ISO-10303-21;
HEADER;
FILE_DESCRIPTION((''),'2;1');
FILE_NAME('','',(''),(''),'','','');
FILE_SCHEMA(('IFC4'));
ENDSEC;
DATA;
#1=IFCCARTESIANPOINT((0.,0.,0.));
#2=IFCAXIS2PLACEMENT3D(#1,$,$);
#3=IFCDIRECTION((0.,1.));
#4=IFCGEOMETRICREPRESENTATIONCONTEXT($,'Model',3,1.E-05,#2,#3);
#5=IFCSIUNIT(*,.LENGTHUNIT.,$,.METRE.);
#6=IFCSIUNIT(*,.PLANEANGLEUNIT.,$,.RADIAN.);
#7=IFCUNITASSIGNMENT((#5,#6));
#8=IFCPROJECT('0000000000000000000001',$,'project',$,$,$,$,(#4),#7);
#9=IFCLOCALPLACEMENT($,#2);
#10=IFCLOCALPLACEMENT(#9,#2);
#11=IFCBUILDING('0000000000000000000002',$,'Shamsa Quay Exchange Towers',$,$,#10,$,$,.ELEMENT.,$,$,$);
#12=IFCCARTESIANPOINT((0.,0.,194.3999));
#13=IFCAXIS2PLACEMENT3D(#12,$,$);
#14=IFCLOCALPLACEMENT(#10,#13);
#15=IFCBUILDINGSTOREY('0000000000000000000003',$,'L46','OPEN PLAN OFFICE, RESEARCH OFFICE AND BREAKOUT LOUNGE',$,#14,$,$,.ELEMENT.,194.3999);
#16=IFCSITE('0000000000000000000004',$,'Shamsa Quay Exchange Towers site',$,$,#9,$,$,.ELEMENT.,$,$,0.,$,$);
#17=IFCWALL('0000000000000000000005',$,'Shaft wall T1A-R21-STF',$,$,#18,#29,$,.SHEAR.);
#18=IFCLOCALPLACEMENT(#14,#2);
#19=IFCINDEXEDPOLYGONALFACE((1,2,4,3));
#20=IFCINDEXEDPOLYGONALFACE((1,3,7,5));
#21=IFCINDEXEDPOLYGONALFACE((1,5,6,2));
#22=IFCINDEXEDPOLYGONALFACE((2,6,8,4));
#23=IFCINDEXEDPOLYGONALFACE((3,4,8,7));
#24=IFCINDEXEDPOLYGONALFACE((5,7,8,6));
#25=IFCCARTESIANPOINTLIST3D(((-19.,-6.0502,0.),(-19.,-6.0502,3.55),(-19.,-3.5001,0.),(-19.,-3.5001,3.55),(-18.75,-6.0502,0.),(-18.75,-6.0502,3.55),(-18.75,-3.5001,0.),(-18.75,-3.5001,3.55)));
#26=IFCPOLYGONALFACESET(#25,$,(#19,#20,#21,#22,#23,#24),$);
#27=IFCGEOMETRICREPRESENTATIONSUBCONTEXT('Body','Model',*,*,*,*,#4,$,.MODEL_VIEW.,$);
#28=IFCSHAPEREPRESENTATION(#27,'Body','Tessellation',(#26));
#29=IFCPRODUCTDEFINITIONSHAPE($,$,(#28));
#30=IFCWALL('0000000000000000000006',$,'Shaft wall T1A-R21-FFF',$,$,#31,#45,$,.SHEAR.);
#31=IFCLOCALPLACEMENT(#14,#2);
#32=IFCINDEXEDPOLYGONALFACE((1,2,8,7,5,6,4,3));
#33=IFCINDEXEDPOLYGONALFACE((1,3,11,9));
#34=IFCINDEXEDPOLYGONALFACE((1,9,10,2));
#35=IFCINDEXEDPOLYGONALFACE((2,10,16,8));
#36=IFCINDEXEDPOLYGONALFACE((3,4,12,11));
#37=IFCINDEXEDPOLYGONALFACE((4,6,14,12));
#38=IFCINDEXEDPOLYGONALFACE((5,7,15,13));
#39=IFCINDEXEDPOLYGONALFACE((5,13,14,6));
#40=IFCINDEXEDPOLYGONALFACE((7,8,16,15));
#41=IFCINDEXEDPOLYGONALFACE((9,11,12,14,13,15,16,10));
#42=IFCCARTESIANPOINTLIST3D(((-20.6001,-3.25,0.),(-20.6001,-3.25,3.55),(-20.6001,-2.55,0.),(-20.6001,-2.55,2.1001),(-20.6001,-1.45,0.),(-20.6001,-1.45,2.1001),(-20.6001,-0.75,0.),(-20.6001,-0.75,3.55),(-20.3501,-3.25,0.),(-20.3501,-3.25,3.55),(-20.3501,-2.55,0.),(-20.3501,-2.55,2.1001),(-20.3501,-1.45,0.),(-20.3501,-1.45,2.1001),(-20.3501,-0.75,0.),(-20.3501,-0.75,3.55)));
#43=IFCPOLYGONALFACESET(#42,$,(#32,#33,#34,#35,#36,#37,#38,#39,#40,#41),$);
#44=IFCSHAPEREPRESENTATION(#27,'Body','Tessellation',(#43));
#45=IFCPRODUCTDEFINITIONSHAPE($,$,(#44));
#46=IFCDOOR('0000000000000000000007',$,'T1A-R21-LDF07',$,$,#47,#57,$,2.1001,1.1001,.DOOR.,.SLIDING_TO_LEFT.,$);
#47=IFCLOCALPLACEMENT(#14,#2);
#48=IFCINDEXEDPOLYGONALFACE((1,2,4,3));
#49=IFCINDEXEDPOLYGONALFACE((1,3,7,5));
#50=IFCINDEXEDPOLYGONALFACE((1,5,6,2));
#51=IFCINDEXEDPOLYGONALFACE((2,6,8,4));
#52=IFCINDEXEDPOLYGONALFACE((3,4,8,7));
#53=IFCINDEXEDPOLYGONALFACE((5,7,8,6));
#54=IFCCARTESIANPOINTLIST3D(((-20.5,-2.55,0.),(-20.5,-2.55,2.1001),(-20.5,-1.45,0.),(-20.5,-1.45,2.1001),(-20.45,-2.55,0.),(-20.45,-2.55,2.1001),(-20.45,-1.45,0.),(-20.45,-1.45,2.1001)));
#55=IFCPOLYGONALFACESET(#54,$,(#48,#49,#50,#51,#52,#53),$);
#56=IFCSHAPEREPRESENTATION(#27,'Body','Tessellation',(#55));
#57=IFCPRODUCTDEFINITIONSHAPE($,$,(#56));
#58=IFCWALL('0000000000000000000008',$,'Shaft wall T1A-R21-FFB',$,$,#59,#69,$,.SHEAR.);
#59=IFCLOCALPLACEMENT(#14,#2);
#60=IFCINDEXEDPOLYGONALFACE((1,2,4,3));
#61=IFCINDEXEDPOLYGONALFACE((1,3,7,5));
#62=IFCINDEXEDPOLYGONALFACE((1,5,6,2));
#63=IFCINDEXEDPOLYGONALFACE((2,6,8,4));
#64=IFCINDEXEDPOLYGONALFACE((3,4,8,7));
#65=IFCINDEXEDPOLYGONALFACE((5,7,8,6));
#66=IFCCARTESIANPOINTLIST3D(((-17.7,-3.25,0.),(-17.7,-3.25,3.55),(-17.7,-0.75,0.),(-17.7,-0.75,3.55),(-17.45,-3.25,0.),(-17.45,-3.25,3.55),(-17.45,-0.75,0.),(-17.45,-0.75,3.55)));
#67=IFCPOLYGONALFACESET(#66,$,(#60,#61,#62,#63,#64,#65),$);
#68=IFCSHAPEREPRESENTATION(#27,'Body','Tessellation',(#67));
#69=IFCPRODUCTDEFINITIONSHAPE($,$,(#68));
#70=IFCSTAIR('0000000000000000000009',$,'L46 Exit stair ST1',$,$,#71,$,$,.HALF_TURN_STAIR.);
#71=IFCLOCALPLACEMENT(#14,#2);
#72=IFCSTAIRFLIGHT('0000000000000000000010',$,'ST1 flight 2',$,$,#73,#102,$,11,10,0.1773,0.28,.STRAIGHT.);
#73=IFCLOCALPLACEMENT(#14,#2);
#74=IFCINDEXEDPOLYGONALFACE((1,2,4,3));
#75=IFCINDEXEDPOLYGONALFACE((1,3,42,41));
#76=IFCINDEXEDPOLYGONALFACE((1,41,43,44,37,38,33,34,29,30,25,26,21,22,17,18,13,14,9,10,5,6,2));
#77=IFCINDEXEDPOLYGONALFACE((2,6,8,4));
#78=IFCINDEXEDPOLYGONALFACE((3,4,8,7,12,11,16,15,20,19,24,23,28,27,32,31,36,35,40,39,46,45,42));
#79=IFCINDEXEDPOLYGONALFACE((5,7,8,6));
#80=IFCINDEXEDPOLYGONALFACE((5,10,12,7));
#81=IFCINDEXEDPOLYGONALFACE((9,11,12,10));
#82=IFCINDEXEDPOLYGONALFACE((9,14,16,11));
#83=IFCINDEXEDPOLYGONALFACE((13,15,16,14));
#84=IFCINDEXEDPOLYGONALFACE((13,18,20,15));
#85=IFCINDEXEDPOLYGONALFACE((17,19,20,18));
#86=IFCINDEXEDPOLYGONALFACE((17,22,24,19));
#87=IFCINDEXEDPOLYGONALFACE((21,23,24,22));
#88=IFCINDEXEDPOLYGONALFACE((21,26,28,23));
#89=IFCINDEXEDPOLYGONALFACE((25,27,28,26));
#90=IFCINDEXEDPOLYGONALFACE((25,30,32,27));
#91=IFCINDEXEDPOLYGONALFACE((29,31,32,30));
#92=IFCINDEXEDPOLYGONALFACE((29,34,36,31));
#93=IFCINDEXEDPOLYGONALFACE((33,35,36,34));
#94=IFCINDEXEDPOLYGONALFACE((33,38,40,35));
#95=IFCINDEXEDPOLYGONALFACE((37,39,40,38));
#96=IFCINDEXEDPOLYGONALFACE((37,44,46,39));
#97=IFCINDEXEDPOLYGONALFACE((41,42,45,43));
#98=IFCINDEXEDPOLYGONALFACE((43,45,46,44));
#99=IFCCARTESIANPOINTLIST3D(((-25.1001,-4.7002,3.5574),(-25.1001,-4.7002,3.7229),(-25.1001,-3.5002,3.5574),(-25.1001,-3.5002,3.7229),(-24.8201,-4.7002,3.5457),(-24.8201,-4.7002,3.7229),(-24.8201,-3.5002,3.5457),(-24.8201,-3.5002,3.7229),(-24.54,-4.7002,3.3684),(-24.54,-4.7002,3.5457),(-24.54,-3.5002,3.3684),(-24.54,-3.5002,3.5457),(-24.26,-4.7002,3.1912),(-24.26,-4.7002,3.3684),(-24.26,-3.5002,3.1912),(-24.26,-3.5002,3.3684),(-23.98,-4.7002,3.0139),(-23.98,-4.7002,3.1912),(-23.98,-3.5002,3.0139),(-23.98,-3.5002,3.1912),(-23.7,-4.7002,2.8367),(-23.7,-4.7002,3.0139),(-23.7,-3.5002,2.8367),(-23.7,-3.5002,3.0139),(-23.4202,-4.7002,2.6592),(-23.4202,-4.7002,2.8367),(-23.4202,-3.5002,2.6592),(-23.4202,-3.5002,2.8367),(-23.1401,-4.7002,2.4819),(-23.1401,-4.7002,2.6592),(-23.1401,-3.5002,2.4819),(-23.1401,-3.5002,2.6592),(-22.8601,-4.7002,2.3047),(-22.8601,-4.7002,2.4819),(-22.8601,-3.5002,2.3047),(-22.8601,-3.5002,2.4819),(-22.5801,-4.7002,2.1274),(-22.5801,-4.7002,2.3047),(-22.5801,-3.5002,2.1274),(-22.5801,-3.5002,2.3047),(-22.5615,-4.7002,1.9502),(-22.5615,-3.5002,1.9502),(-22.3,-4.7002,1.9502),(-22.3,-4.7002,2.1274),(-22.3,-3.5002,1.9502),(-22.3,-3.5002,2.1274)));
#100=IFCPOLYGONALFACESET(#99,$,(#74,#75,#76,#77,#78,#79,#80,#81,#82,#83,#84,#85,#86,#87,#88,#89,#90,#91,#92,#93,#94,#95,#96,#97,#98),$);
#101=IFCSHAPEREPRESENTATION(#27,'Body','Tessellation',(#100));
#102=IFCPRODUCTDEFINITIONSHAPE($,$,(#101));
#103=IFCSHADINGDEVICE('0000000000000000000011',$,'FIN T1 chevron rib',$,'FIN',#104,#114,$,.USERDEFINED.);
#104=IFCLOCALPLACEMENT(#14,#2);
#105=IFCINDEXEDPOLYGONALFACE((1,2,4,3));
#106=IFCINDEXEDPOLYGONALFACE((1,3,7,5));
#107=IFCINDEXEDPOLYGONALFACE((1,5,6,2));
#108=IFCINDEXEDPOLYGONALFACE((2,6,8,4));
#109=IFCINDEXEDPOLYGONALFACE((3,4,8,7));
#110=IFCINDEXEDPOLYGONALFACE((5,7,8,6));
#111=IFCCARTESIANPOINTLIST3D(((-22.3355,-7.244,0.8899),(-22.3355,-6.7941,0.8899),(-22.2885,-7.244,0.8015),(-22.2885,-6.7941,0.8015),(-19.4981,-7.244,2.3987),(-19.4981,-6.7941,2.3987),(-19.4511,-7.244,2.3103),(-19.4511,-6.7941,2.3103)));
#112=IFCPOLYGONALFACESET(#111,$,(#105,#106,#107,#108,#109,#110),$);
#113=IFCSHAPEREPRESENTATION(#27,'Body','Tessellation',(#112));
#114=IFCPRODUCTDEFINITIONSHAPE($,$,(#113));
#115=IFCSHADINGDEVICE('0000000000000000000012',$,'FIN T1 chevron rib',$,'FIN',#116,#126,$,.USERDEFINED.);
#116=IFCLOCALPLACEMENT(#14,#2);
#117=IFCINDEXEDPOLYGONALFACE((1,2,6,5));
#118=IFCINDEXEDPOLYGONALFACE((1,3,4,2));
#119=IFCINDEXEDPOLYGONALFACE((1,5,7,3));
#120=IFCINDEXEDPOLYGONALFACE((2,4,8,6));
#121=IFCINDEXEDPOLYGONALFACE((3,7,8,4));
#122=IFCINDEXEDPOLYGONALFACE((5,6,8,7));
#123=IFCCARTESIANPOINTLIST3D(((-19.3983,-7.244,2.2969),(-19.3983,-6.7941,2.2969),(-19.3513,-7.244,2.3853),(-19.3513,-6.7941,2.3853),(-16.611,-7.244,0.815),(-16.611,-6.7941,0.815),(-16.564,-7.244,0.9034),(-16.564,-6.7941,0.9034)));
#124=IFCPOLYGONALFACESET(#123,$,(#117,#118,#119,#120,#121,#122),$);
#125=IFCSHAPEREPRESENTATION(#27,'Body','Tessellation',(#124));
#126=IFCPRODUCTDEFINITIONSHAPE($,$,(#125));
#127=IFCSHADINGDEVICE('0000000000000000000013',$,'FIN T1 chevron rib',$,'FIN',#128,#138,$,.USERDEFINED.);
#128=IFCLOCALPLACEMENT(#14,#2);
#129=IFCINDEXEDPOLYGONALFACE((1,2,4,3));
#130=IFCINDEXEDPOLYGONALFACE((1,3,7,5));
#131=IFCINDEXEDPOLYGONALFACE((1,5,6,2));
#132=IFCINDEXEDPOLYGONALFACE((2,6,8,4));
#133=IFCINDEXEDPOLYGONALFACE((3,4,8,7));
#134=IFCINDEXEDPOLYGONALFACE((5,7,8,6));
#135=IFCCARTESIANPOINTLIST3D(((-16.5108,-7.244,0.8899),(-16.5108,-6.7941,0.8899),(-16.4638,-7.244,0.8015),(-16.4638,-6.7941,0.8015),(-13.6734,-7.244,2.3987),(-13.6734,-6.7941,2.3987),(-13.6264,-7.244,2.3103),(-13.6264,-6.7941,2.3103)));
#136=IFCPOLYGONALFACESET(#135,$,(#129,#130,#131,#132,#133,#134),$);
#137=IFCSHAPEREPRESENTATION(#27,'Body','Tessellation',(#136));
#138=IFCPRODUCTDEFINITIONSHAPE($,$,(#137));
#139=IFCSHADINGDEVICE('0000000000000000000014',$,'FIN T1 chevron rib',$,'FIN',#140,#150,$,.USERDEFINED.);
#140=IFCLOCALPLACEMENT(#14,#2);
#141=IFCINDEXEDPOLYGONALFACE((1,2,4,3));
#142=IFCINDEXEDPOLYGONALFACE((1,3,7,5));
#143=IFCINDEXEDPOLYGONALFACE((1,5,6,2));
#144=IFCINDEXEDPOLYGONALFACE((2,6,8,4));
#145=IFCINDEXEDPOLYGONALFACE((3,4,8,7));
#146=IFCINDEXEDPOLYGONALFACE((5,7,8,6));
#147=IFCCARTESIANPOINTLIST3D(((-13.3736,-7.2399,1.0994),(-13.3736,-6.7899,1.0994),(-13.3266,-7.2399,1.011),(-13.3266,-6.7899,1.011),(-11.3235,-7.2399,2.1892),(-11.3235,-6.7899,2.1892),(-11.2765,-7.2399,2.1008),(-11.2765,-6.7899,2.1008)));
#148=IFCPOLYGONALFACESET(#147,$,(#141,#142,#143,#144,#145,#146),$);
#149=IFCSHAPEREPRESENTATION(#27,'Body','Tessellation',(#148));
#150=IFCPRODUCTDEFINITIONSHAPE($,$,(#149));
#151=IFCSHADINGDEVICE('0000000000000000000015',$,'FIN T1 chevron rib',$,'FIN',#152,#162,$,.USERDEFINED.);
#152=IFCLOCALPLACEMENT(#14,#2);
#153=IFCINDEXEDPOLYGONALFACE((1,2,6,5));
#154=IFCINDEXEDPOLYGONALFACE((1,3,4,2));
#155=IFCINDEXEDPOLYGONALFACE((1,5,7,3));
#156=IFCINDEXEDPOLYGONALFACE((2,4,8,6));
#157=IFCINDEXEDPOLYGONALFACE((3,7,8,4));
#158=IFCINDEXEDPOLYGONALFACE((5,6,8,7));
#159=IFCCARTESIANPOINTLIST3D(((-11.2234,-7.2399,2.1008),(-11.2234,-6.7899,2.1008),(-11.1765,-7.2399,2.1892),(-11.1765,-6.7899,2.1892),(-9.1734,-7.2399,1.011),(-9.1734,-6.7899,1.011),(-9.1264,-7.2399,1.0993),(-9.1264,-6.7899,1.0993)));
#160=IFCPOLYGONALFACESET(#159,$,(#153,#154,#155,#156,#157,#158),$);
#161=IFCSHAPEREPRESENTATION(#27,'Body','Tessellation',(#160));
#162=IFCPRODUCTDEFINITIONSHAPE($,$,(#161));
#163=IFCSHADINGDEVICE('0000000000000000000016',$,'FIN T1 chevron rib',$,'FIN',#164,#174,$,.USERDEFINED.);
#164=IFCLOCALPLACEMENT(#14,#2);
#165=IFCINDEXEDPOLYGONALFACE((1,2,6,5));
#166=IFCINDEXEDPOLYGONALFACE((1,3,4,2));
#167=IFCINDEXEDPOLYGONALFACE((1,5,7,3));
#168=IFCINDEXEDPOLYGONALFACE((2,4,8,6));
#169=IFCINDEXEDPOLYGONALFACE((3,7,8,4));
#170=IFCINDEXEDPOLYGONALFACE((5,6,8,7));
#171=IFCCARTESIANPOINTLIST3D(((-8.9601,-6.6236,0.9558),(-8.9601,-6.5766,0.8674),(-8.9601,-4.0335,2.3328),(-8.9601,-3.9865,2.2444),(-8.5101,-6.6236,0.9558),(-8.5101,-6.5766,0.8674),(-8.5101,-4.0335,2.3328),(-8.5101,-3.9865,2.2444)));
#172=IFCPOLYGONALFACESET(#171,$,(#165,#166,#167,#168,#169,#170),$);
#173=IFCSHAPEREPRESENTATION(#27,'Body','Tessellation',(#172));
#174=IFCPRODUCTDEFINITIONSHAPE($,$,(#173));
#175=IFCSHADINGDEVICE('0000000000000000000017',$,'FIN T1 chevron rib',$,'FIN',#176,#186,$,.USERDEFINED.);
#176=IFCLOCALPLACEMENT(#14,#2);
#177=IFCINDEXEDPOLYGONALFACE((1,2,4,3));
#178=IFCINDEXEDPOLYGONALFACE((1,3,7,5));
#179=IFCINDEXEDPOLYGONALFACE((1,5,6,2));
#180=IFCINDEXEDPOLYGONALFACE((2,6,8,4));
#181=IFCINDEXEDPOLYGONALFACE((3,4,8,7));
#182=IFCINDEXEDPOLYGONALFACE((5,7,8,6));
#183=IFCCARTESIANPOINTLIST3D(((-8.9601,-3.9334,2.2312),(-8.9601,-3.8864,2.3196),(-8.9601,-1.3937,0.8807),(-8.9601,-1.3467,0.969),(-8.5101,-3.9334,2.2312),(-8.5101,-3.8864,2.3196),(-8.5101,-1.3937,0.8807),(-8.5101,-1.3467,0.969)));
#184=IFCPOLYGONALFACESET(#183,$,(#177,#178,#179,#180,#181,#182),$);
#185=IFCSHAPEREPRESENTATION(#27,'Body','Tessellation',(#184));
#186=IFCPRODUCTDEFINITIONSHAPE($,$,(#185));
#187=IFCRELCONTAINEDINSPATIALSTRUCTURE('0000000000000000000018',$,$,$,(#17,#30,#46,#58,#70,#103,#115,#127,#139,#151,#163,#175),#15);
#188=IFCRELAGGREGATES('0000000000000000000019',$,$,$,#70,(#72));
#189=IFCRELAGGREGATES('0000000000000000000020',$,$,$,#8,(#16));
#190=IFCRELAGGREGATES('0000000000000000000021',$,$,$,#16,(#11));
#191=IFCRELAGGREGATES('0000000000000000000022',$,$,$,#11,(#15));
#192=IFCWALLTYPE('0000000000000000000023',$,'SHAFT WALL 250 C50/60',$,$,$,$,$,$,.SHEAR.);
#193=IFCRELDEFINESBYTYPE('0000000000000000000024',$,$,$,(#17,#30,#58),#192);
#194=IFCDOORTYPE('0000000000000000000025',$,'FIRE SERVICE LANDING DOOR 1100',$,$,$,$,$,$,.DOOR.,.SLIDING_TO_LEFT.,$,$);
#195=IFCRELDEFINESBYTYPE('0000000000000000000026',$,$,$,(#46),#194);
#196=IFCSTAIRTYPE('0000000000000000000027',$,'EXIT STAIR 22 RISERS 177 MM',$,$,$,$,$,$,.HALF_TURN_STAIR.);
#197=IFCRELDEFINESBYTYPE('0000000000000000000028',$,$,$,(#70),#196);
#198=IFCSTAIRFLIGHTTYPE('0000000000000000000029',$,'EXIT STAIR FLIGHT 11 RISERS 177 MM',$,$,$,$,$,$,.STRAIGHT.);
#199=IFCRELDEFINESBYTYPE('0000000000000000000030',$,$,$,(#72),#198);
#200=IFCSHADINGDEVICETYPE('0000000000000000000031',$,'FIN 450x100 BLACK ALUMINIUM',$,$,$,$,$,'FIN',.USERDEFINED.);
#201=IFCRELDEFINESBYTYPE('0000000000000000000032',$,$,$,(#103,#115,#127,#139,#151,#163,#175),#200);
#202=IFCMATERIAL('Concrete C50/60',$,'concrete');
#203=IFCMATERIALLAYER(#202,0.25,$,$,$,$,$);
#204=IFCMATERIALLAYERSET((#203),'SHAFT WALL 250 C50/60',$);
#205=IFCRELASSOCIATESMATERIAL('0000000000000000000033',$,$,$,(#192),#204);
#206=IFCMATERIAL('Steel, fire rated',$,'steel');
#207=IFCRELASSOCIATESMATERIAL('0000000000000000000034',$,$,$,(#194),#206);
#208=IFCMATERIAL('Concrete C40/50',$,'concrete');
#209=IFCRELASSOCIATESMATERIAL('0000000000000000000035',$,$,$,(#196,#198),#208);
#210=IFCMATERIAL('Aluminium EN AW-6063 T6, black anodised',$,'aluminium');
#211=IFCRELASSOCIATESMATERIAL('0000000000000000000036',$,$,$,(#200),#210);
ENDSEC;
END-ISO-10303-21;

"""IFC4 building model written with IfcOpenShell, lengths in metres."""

from ifc_helpers import new_model, si_unit, direction, frame, frame_2d, origin, origin_2d, place, context, subcontext, project, spatial, polyline, rectangle, outline, extrude, material, layer, layer_set, material_profile, profile_set, type_object, element, fill, aggregate, save


model = new_model("IFC4")

# Units and contexts
model_context = context("Model", 3, precision=1e-05, world=origin(), true_north=direction((0.0, 1.0)))
body_context = subcontext(model_context, "Body", "Model", "MODEL_VIEW")
ifc_project = project(units=[si_unit("LENGTHUNIT", "METRE"), si_unit("PLANEANGLEUNIT", "RADIAN")], contexts=[model_context])

# Site, building, storey
site_placement = place(None, origin())
site = spatial("IfcSite", under=ifc_project, at=site_placement, Name="Shamsa Quay Exchange Towers site", CompositionType="ELEMENT", RefElevation=0.0)
building_placement = place(site_placement, origin())
building = spatial("IfcBuilding", under=site, at=building_placement, Name="Shamsa Quay Exchange Towers", CompositionType="ELEMENT")
storey_placement = place(building_placement, frame((0.0, 0.0, 194.3999)))
storey = spatial("IfcBuildingStorey", under=building, at=storey_placement, Name="L46", Description="OPEN PLAN OFFICE, RESEARCH OFFICE AND BREAKOUT LOUNGE", CompositionType="ELEMENT", Elevation=194.3999)

# Shared definitions
ifc_material_1 = material(Name="Aluminium EN AW-6063 T6, black anodised", Category="aluminium")

# Shared definitions
ifc_material_2 = material(Name="Concrete C50/60", Category="concrete")
ifc_layer_1 = layer(ifc_material_2, 0.25)
ifc_layer_set_1 = layer_set([ifc_layer_1], Name="SHAFT WALL 250 C50/60")
wall_type = type_object("IfcWallType", Name="SHAFT WALL 250 C50/60", PredefinedType="SHEAR", material=ifc_layer_set_1)
ifc_material_3 = material(Name="Steel, fire rated", Category="steel")

# Wall
wall_1_placement = place(storey_placement, frame((-18.875, -6.05, 0.0), z_axis=(0.0, 0.0, 1.0), x_axis=(0.0, 1.0, 0.0)))
element("IfcWall", 1, at=wall_1_placement, inside=storey, type_object=wall_type, Name="Shaft wall T1A-R21-STF", PredefinedType="SHEAR", context=body_context, shape_type="SweptSolid", body=[
    extrude(rectangle(XDim=2.55, YDim=0.25, at=frame_2d((1.2749, 0.0))), origin(), (0.0, 0.0, 1.0), 3.55),
])

# Wall, opening, door
wall_2_placement = place(storey_placement, frame((-20.4751, -3.25, 0.0), z_axis=(0.0, 0.0, 1.0), x_axis=(0.0, 1.0, 0.0)))
wall_2 = element("IfcWall", 2, at=wall_2_placement, inside=storey, type_object=wall_type, Name="Shaft wall T1A-R21-FFF", PredefinedType="SHEAR", context=body_context, shape_type="SweptSolid", body=[
    extrude(rectangle(XDim=2.5, YDim=0.25, at=frame_2d((1.25, 0.0))), origin(), (0.0, 0.0, 1.0), 3.55),
])
opening_1_placement = place(wall_2_placement, frame((0.7, 0.0, 0.0)))
opening_1 = element("IfcOpeningElement", 3, at=opening_1_placement, cuts=wall_2, PredefinedType="OPENING", context=body_context, shape_type="SweptSolid", body=[
    extrude(rectangle(XDim=1.1001, YDim=2.1001, at=frame_2d((0.55, 1.05))), frame((0.0, 0.135, 0.0), z_axis=(0.0, -1.0, 0.0), x_axis=(1.0, 0.0, 0.0)), (0.0, 0.0, 1.0), 0.27),
])
door_type_1 = type_object("IfcDoorType", Name="FIRE SERVICE LANDING DOOR 1100", OperationType="SLIDING_TO_LEFT", PredefinedType="DOOR", material=ifc_material_3)
door_1_placement = place(opening_1_placement, origin())
door_1 = element("IfcDoor", 4, at=door_1_placement, inside=storey, type_object=door_type_1, Name="T1A-R21-LDF07", OperationType="SLIDING_TO_LEFT", OverallHeight=2.1001, OverallWidth=1.1001, PredefinedType="DOOR", context=body_context, shape_type="SweptSolid", body=[
    extrude(rectangle(XDim=1.1001, YDim=2.1001, at=frame_2d((0.55, 1.05))), frame((0.0, 0.0249, 0.0), z_axis=(0.0, -1.0, 0.0), x_axis=(1.0, 0.0, 0.0)), (0.0, 0.0, 1.0), 0.05),
])
fill(opening_1, door_1)

# Wall
wall_3_placement = place(storey_placement, frame((-17.575, -3.25, 0.0), z_axis=(0.0, 0.0, 1.0), x_axis=(0.0, 1.0, 0.0)))
element("IfcWall", 5, at=wall_3_placement, inside=storey, type_object=wall_type, Name="Shaft wall T1A-R21-FFB", PredefinedType="SHEAR", context=body_context, shape_type="SweptSolid", body=[
    extrude(rectangle(XDim=2.5, YDim=0.25, at=frame_2d((1.25, 0.0))), origin(), (0.0, 0.0, 1.0), 3.55),
])

# Stair, stair flight
ifc_material_4 = material(Name="Concrete C40/50", Category="concrete")
stair_type = type_object("IfcStairType", Name="EXIT STAIR 22 RISERS 177 MM", PredefinedType="HALF_TURN_STAIR", material=ifc_material_4)
stair_placement = place(storey_placement, origin())
stair = element("IfcStair", 6, at=stair_placement, inside=storey, type_object=stair_type, Name="L46 Exit stair ST1", PredefinedType="HALF_TURN_STAIR")
stair_flight_type = type_object("IfcStairFlightType", Name="EXIT STAIR FLIGHT 11 RISERS 177 MM", PredefinedType="STRAIGHT", material=ifc_material_4)
stair_flight_placement = place(storey_placement, frame((-22.3, -4.1001, 1.9502), z_axis=(0.0, 0.0, 1.0), x_axis=(-1.0, 0.0, 0.0)))
stair_flight = element("IfcStairFlight", 7, at=stair_flight_placement, type_object=stair_flight_type, Name="ST1 flight 2", NumberOfRisers=11, NumberOfTreads=10, PredefinedType="STRAIGHT", RiserHeight=0.1773, TreadLength=0.28, context=body_context, shape_type="SweptSolid", body=[
    extrude(outline(polyline([(0.0, 0.0), (0.0, 0.1772), (0.28, 0.1772), (0.28, 0.3545), (0.5601, 0.3545), (0.5601, 0.5317), (0.8401, 0.5317), (0.8401, 0.709), (1.1201, 0.709), (1.1201, 0.8865), (1.3999, 0.8865), (1.3999, 1.0637), (1.6799, 1.0637), (1.6799, 1.241), (1.96, 1.241), (1.96, 1.4182), (2.24, 1.4182), (2.24, 1.5955), (2.52, 1.5955), (2.52, 1.7727), (2.8, 1.7727), (2.8, 1.95), (2.8, 1.6072), (0.2615, 0.0), (0.0, 0.0)])), frame((0.0, 0.6001, 0.0), z_axis=(0.0, -1.0, 0.0), x_axis=(1.0, 0.0, 0.0)), (0.0, 0.0, 1.0), 1.2),
])
aggregate(stair, [stair_flight])

# Shading devices
ifc_material_profile_1 = material_profile(ifc_material_1, rectangle(XDim=0.45, YDim=0.1001, at=origin_2d()), Name="FIN450x100")
ifc_profile_set_1 = profile_set([ifc_material_profile_1], Name="Aluminium EN AW-6063 T6, black anodised")
shading_device_type = type_object("IfcShadingDeviceType", Name="FIN 450x100 BLACK ALUMINIUM", ElementType="FIN", PredefinedType="USERDEFINED", material=ifc_profile_set_1)
shading_device_1_placement = place(storey_placement, frame((-22.312, -7.019, 0.8457), z_axis=(0.882933, 0.0, 0.4695), x_axis=(0.0, 1.0, 0.0)))
element("IfcShadingDevice", 8, at=shading_device_1_placement, inside=storey, type_object=shading_device_type, Name="FIN T1 chevron rib", ObjectType="FIN", PredefinedType="USERDEFINED", context=body_context, shape_type="SweptSolid", body=[
    extrude(rectangle(XDim=0.45, YDim=0.1001, at=origin_2d()), origin(), (0.0, 0.0, 1.0), 3.2136),
])
shading_device_2_placement = place(storey_placement, frame((-19.3748, -7.019, 2.3411), z_axis=(0.882964, 0.0, -0.46944), x_axis=(0.0, 1.0, 0.0)))
element("IfcShadingDevice", 9, at=shading_device_2_placement, inside=storey, type_object=shading_device_type, Name="FIN T1 chevron rib", ObjectType="FIN", PredefinedType="USERDEFINED", context=body_context, shape_type="SweptSolid", body=[
    extrude(rectangle(XDim=0.45, YDim=0.1001, at=origin_2d()), origin(), (0.0, 0.0, 1.0), 3.1567),
])
shading_device_3_placement = place(storey_placement, frame((-16.4873, -7.019, 0.8457), z_axis=(0.882933, 0.0, 0.4695), x_axis=(0.0, 1.0, 0.0)))
element("IfcShadingDevice", 10, at=shading_device_3_placement, inside=storey, type_object=shading_device_type, Name="FIN T1 chevron rib", ObjectType="FIN", PredefinedType="USERDEFINED", context=body_context, shape_type="SweptSolid", body=[
    extrude(rectangle(XDim=0.45, YDim=0.1001, at=origin_2d()), origin(), (0.0, 0.0, 1.0), 3.2136),
])
for number, where, z_axis, x_axis, name in (
    (11, (-13.3501, -7.0149, 1.0552), (0.882981, 0.0, 0.469409), (0.0, 1.0, 0.0), "FIN T1 chevron rib"),
    (12, (-11.2, -7.0149, 2.145), (0.882981, 0.0, -0.469409), (0.0, 1.0, 0.0), "FIN T1 chevron rib"),
):
    element("IfcShadingDevice", number, at=place(storey_placement, frame(where, z_axis=z_axis, x_axis=x_axis)), inside=storey, type_object=shading_device_type, Name=name, ObjectType="FIN", PredefinedType="USERDEFINED", context=body_context, shape_type="SweptSolid", body=[
        extrude(rectangle(XDim=0.45, YDim=0.1001, at=origin_2d()), origin(), (0.0, 0.0, 1.0), 2.3218),
    ])
shading_device_4_placement = place(storey_placement, frame((-8.7351, -6.6001, 0.9116), z_axis=(0.0, 0.882979, 0.469413), x_axis=(-1.0, 0.0, 0.0)))
element("IfcShadingDevice", 13, at=shading_device_4_placement, inside=storey, type_object=shading_device_type, Name="FIN T1 chevron rib", ObjectType="FIN", PredefinedType="USERDEFINED", context=body_context, shape_type="SweptSolid", body=[
    extrude(rectangle(XDim=0.45, YDim=0.1001, at=origin_2d()), origin(), (0.0, 0.0, 1.0), 2.9333),
])
shading_device_5_placement = place(storey_placement, frame((-8.7351, -3.9099, 2.2754), z_axis=(0.0, 0.882926, -0.469513), x_axis=(-1.0, 0.0, 0.0)))
element("IfcShadingDevice", 14, at=shading_device_5_placement, inside=storey, type_object=shading_device_type, Name="FIN T1 chevron rib", ObjectType="FIN", PredefinedType="USERDEFINED", context=body_context, shape_type="SweptSolid", body=[
    extrude(rectangle(XDim=0.45, YDim=0.1001, at=origin_2d()), origin(), (0.0, 0.0, 1.0), 2.8765),
])

save(model, "model.ifc")
